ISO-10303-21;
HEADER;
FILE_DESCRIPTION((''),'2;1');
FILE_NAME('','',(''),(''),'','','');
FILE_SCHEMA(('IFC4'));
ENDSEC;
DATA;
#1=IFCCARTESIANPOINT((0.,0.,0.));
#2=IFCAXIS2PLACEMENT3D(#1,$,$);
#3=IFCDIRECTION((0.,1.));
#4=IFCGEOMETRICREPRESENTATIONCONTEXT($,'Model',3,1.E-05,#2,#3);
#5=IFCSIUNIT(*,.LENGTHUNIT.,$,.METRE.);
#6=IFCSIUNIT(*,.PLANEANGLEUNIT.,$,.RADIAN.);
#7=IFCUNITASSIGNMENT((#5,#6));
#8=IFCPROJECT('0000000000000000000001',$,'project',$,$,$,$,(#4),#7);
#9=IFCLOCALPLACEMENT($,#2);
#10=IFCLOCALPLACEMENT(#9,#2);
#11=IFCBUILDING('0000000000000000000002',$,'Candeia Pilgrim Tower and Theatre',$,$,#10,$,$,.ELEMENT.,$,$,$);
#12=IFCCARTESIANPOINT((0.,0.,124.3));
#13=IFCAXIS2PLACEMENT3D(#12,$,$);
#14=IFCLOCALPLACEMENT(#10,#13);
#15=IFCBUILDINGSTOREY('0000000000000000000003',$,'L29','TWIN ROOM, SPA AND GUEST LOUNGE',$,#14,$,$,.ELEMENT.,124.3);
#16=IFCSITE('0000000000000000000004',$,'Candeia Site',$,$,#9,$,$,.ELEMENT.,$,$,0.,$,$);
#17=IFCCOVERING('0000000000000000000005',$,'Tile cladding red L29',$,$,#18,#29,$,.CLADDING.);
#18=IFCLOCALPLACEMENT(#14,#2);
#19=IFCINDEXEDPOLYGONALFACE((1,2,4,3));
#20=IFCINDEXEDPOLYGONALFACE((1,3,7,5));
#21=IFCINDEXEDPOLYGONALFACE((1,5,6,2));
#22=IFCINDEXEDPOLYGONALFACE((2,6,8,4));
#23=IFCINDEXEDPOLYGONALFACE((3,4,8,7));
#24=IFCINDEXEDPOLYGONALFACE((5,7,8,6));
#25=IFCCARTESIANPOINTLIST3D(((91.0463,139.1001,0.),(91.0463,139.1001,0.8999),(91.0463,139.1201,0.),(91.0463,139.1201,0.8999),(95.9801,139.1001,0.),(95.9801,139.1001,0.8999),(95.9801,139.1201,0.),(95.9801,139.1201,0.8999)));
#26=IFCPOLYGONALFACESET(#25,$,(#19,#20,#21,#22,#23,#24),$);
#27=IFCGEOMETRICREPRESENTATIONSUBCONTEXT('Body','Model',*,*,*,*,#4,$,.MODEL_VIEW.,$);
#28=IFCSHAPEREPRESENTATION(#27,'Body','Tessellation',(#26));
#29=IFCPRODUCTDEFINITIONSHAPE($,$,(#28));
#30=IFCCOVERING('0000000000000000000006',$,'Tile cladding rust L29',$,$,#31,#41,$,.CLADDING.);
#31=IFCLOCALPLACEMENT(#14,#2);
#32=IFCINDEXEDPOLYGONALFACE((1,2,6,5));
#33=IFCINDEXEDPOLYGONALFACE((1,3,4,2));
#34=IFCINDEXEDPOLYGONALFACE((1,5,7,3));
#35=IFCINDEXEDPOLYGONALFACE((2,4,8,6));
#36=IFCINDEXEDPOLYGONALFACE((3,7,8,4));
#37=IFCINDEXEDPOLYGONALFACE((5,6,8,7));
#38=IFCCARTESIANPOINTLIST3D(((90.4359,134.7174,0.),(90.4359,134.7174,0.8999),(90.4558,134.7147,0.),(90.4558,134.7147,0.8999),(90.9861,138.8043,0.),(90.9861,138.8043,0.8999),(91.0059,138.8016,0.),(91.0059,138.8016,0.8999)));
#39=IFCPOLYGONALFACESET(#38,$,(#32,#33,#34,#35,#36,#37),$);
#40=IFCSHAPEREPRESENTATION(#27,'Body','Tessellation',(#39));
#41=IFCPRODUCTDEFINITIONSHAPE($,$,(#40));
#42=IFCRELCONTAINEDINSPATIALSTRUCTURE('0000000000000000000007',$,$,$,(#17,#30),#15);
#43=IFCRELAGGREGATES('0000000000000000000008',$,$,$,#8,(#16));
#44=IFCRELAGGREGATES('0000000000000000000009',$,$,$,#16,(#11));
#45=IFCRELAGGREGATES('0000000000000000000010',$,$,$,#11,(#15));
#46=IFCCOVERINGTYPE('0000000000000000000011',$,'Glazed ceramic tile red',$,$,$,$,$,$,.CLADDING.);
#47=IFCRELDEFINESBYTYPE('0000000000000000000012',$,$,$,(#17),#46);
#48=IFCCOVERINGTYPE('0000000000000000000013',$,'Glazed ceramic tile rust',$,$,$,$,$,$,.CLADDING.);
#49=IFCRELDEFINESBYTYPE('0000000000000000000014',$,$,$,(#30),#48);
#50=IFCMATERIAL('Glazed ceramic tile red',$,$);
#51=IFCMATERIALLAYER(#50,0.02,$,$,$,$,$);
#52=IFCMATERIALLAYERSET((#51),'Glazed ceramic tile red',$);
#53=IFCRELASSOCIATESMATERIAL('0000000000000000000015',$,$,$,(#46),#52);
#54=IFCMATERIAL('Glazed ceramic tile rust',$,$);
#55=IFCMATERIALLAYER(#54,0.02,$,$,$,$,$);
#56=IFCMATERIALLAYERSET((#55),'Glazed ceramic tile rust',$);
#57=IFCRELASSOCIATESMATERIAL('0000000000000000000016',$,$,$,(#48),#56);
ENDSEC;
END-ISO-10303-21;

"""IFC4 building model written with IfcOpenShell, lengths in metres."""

from ifc_helpers import new_model, si_unit, direction, frame, origin, origin_2d, place, context, subcontext, project, spatial, rectangle, extrude, material, layer, layer_set, type_object, element, save


model = new_model("IFC4")

# Units and contexts
model_context = context("Model", 3, precision=1e-05, world=origin(), true_north=direction((0.0, 1.0)))
body_context = subcontext(model_context, "Body", "Model", "MODEL_VIEW")
ifc_project = project(units=[si_unit("LENGTHUNIT", "METRE"), si_unit("PLANEANGLEUNIT", "RADIAN")], contexts=[model_context])

# Site, building, storey
site_placement = place(None, origin())
site = spatial("IfcSite", under=ifc_project, at=site_placement, Name="Candeia Site", CompositionType="ELEMENT", RefElevation=0.0)
building_placement = place(site_placement, origin())
building = spatial("IfcBuilding", under=site, at=building_placement, Name="Candeia Pilgrim Tower and Theatre", CompositionType="ELEMENT")
storey_placement = place(building_placement, frame((0.0, 0.0, 124.3)))
storey = spatial("IfcBuildingStorey", under=building, at=storey_placement, Name="L29", Description="TWIN ROOM, SPA AND GUEST LOUNGE", CompositionType="ELEMENT", Elevation=124.3)

# Coverings
ifc_material_1 = material(Name="Glazed ceramic tile red")
ifc_layer_1 = layer(ifc_material_1, 0.02)
ifc_layer_set_1 = layer_set([ifc_layer_1], Name="Glazed ceramic tile red")
covering_type_1 = type_object("IfcCoveringType", Name="Glazed ceramic tile red", PredefinedType="CLADDING", material=ifc_layer_set_1)
covering_1_placement = place(storey_placement, frame((93.5132, 139.1101, 0.0), z_axis=(0.0, 0.0, 1.0), x_axis=(-1.0, 0.0, 0.0)))
element("IfcCovering", 1, at=covering_1_placement, inside=storey, type_object=covering_type_1, Name="Tile cladding red L29", PredefinedType="CLADDING", context=body_context, shape_type="SweptSolid", body=[
    extrude(rectangle(XDim=4.9338, YDim=0.02, at=origin_2d()), origin(), (0.0, 0.0, 1.0), 0.8999),
])
ifc_material_2 = material(Name="Glazed ceramic tile rust")
ifc_layer_2 = layer(ifc_material_2, 0.02)
ifc_layer_set_2 = layer_set([ifc_layer_2], Name="Glazed ceramic tile rust")
covering_type_2 = type_object("IfcCoveringType", Name="Glazed ceramic tile rust", PredefinedType="CLADDING", material=ifc_layer_set_2)
covering_2_placement = place(storey_placement, frame((90.7209, 136.7595, 0.0), z_axis=(0.0, 0.0, 1.0), x_axis=(-0.133412, -0.991061, 0.0)))
element("IfcCovering", 2, at=covering_2_placement, inside=storey, type_object=covering_type_2, Name="Tile cladding rust L29", PredefinedType="CLADDING", context=body_context, shape_type="SweptSolid", body=[
    extrude(rectangle(XDim=4.1238, YDim=0.02, at=origin_2d()), origin(), (0.0, 0.0, 1.0), 0.8999),
])

save(model, "model.ifc")
